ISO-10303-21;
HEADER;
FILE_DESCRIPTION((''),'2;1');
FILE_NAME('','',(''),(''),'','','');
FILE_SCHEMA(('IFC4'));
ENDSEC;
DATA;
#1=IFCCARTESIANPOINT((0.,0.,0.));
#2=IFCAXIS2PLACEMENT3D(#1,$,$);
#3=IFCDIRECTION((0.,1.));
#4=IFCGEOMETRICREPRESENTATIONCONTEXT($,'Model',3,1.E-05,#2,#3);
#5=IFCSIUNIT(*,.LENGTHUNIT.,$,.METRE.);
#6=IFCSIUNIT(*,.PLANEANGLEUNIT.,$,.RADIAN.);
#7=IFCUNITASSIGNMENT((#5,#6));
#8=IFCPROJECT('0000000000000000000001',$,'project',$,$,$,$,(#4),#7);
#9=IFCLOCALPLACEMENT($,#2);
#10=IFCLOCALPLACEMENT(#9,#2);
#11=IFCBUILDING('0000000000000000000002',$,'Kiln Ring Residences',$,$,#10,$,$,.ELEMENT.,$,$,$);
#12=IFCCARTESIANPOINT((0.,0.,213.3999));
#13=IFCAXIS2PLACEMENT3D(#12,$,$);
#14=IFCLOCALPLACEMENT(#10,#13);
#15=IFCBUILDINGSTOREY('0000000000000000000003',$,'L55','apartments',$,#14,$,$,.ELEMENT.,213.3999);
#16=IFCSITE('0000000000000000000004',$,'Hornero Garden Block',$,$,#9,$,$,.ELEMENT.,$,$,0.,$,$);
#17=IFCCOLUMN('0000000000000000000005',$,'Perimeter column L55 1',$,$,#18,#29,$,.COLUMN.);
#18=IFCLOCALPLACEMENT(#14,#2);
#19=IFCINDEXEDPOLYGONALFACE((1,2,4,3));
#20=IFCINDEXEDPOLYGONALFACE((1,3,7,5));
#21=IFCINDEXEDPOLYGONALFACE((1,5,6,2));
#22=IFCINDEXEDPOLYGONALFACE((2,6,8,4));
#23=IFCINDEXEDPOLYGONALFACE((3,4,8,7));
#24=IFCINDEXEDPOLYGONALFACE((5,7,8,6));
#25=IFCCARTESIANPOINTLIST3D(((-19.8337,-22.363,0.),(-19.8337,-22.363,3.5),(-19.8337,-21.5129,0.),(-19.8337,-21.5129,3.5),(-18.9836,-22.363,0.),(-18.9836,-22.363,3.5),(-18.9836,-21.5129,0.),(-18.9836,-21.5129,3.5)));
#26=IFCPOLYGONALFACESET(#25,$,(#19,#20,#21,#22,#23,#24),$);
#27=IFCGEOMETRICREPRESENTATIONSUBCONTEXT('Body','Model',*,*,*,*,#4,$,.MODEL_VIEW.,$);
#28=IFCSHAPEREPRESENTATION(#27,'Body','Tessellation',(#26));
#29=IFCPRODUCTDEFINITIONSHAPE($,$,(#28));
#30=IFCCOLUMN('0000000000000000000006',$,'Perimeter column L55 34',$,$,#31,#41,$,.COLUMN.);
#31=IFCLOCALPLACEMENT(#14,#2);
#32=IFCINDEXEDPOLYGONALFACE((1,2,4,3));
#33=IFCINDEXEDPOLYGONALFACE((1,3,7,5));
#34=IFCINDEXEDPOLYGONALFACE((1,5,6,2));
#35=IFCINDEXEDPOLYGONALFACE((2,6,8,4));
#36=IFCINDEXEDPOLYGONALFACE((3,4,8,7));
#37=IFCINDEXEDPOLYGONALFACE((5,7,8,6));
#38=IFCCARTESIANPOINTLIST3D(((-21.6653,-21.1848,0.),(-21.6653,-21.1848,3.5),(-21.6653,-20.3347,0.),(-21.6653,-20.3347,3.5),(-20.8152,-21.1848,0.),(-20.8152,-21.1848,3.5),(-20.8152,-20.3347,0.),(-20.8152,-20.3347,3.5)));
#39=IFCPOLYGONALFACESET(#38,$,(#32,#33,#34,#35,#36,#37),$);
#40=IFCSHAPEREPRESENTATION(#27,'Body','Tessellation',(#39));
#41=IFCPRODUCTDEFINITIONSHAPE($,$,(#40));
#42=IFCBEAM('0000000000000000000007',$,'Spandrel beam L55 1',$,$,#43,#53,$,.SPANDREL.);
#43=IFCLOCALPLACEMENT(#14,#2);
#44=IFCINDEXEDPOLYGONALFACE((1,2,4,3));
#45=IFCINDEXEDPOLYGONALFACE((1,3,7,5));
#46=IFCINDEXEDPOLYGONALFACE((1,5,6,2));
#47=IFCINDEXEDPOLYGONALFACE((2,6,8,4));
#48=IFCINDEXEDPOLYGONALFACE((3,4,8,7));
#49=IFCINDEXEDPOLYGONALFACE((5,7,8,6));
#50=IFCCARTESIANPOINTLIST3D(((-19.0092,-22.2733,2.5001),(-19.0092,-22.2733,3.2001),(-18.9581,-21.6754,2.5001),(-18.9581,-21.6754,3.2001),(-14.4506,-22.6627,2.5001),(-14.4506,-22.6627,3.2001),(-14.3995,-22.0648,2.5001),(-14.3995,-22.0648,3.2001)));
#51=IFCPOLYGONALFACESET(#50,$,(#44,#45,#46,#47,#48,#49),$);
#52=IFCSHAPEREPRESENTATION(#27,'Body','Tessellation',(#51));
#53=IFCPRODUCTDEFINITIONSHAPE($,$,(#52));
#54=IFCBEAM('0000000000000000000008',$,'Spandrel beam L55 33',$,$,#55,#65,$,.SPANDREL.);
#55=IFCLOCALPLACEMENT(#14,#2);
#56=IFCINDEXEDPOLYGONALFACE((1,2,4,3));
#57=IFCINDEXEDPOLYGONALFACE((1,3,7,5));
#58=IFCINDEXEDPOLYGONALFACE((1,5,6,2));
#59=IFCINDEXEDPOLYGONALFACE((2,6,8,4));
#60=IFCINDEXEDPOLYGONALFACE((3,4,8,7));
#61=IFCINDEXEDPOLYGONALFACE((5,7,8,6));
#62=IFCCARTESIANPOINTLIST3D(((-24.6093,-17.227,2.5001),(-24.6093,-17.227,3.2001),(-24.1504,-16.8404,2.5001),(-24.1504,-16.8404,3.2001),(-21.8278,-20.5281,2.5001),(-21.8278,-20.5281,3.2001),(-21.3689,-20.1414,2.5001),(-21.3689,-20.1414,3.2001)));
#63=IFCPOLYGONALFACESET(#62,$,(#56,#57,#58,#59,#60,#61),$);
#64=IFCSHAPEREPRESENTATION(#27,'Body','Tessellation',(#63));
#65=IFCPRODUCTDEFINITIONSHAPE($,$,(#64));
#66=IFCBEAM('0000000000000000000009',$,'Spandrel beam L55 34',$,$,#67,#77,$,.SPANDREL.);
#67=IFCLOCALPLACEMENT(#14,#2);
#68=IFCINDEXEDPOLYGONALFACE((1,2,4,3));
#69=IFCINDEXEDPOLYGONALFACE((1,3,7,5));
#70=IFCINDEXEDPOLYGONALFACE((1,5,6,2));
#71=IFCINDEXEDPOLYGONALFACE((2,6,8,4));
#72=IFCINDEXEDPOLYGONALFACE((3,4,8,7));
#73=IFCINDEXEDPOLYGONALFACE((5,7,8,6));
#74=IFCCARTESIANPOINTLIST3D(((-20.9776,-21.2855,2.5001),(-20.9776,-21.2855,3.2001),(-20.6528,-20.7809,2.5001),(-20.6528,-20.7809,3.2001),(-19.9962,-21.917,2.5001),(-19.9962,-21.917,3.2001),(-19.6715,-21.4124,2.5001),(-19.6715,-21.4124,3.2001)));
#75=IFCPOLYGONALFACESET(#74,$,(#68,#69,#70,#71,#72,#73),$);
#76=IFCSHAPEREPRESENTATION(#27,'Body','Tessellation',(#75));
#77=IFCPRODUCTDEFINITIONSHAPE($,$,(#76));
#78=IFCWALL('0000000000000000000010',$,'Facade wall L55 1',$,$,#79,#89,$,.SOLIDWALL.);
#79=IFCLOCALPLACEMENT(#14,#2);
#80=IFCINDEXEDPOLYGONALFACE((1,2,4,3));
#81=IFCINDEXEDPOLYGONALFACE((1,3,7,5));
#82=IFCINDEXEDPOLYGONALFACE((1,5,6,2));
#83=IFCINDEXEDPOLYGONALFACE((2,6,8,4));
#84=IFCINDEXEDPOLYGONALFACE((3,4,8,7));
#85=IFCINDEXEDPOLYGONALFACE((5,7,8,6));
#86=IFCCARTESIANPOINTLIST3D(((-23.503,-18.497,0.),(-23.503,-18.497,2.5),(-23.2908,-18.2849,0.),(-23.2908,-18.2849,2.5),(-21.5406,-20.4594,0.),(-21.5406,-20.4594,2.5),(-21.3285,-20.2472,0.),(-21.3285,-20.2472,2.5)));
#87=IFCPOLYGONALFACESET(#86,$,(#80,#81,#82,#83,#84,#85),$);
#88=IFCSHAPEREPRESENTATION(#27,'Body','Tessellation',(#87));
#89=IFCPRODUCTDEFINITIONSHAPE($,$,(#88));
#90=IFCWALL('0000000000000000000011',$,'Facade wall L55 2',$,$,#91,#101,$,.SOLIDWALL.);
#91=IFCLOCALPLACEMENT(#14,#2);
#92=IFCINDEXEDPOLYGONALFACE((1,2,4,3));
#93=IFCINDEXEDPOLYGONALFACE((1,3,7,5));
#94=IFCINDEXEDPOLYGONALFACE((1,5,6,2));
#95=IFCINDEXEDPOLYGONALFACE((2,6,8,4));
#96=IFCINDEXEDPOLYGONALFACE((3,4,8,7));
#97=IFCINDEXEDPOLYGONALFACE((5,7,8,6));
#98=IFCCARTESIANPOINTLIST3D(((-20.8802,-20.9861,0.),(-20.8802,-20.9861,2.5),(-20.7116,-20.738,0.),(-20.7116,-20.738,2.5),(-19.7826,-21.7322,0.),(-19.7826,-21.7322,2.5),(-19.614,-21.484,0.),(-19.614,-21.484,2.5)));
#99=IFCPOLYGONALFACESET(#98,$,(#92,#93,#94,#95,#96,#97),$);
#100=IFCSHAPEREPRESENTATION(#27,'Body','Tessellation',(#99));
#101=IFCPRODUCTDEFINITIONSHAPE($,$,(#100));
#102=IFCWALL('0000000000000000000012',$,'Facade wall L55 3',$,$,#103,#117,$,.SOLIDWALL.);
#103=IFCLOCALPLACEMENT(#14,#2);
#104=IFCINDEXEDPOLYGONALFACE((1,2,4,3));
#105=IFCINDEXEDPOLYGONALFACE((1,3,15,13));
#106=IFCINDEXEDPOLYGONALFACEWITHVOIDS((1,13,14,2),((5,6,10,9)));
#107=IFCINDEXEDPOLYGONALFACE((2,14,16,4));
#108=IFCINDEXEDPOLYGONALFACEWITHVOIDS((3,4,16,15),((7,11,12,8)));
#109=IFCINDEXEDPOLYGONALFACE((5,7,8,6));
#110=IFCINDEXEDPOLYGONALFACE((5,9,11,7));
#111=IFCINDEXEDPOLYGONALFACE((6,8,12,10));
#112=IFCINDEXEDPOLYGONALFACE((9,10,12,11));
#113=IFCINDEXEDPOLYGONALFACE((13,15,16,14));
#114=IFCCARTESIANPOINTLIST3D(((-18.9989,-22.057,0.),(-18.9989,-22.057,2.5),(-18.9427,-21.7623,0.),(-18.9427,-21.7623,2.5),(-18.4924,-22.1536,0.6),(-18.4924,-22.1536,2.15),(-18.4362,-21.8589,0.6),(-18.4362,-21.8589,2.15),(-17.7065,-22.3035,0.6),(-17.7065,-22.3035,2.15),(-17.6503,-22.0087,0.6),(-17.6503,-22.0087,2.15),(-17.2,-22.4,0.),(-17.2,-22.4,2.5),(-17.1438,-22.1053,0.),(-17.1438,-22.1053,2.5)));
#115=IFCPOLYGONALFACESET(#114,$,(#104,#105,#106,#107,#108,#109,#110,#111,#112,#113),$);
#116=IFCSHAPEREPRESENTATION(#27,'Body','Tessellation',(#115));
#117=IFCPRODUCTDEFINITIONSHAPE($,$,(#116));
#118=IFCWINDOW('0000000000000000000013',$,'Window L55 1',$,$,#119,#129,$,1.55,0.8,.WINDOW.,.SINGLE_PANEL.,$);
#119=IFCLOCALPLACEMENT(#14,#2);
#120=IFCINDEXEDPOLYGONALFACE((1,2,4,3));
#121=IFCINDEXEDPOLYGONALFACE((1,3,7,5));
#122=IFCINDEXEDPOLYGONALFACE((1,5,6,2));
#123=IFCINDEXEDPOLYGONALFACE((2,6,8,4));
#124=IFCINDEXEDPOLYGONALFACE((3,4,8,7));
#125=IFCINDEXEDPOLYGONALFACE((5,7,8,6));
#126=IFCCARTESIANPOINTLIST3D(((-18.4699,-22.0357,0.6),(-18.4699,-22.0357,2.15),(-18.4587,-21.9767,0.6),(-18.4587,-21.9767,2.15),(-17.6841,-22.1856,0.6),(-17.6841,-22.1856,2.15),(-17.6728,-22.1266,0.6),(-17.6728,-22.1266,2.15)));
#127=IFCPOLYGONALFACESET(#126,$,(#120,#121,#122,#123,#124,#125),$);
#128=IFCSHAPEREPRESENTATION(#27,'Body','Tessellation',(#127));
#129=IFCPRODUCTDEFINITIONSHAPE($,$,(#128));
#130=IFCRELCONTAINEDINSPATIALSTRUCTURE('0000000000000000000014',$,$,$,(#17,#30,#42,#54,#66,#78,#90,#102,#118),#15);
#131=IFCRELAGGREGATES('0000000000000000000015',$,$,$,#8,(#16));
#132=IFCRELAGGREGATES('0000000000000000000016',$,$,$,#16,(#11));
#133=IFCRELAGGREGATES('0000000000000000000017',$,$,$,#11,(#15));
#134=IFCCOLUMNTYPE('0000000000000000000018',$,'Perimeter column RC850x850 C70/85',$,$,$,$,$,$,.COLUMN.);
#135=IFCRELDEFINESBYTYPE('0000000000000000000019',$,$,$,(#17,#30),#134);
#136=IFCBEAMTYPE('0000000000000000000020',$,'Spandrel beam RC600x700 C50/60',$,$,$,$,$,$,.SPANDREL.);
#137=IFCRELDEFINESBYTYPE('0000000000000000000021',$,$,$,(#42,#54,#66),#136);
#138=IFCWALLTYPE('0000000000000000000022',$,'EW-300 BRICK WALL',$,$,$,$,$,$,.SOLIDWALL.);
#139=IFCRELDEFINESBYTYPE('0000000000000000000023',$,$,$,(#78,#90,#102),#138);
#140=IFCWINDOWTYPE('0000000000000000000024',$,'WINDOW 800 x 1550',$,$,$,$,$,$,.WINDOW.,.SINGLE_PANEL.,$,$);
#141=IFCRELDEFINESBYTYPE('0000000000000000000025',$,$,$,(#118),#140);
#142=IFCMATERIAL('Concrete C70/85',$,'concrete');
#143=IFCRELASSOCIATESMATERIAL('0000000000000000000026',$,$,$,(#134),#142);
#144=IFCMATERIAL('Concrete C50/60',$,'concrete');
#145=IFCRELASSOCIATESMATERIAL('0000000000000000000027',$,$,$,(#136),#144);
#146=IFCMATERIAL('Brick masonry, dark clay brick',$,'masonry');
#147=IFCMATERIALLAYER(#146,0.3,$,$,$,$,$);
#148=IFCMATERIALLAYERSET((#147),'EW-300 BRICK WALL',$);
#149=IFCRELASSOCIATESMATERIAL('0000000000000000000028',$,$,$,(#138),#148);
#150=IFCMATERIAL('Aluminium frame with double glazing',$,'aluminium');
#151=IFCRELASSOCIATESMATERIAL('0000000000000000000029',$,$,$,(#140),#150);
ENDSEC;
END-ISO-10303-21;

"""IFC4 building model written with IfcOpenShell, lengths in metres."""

from ifc_helpers import new_model, si_unit, direction, frame, frame_2d, origin, origin_2d, place, context, subcontext, project, spatial, rectangle, extrude, material, layer, layer_set, material_profile, profile_set, type_object, element, fill, save


model = new_model("IFC4")

# Units and contexts
model_context = context("Model", 3, precision=1e-05, world=origin(), true_north=direction((0.0, 1.0)))
body_context = subcontext(model_context, "Body", "Model", "MODEL_VIEW")
ifc_project = project(units=[si_unit("LENGTHUNIT", "METRE"), si_unit("PLANEANGLEUNIT", "RADIAN")], contexts=[model_context])

# Site, building, storey
site_placement = place(None, origin())
site = spatial("IfcSite", under=ifc_project, at=site_placement, Name="Hornero Garden Block", CompositionType="ELEMENT", RefElevation=0.0)
building_placement = place(site_placement, origin())
building = spatial("IfcBuilding", under=site, at=building_placement, Name="Kiln Ring Residences", CompositionType="ELEMENT")
storey_placement = place(building_placement, frame((0.0, 0.0, 213.3999)))
storey = spatial("IfcBuildingStorey", under=building, at=storey_placement, Name="L55", Description="apartments", CompositionType="ELEMENT", Elevation=213.3999)

# Columns
ifc_material_1 = material(Name="Concrete C70/85", Category="concrete")
ifc_material_profile_1 = material_profile(ifc_material_1, rectangle(XDim=0.8501, YDim=0.8501, at=origin_2d()), Name="RC850x850")
ifc_profile_set_1 = profile_set([ifc_material_profile_1], Name="Concrete C70/85")
column_type = type_object("IfcColumnType", Name="Perimeter column RC850x850 C70/85", PredefinedType="COLUMN", material=ifc_profile_set_1)
for number, where, z_axis, x_axis, name in (
    (1, (-19.4087, -21.938, 0.0), (0.0, 0.0, 1.0), (1.0, 0.0, 0.0), "Perimeter column L55 1"),
    (2, (-21.2402, -20.7598, 0.0), (0.0, 0.0, 1.0), (1.0, 0.0, 0.0), "Perimeter column L55 34"),
):
    element("IfcColumn", number, at=place(storey_placement, frame(where, z_axis=z_axis, x_axis=x_axis)), inside=storey, type_object=column_type, Name=name, PredefinedType="COLUMN", context=body_context, shape_type="SweptSolid", body=[
        extrude(rectangle(XDim=0.8501, YDim=0.8501, at=origin_2d()), origin(), (0.0, 0.0, 1.0), 3.5),
    ])

# Beams
ifc_material_2 = material(Name="Concrete C50/60", Category="concrete")
ifc_material_profile_2 = material_profile(ifc_material_2, rectangle(XDim=0.6001, YDim=0.7, at=origin_2d()), Name="RC600x700")
ifc_profile_set_2 = profile_set([ifc_material_profile_2], Name="Concrete C50/60")
beam_type = type_object("IfcBeamType", Name="Spandrel beam RC600x700 C50/60", PredefinedType="SPANDREL", material=ifc_profile_set_2)
beam_1_placement = place(storey_placement, frame((-18.9836, -21.9744, 2.8501), z_axis=(0.996371, -0.085112, 0.0), x_axis=(0.085112, 0.996371, 0.0)))
element("IfcBeam", 3, at=beam_1_placement, inside=storey, type_object=beam_type, Name="Spandrel beam L55 1", PredefinedType="SPANDREL", context=body_context, shape_type="SweptSolid", body=[
    extrude(rectangle(XDim=0.6001, YDim=0.7, at=origin_2d()), origin(), (0.0, 0.0, 1.0), 4.5752),
])
beam_2_placement = place(storey_placement, frame((-24.3799, -17.0337, 2.8501), z_axis=(0.644364, -0.764719, 0.0), x_axis=(0.764719, 0.644364, 0.0)))
element("IfcBeam", 4, at=beam_2_placement, inside=storey, type_object=beam_type, Name="Spandrel beam L55 33", PredefinedType="SPANDREL", context=body_context, shape_type="SweptSolid", body=[
    extrude(rectangle(XDim=0.6001, YDim=0.7, at=origin_2d()), origin(), (0.0, 0.0, 1.0), 4.3167),
])
beam_3_placement = place(storey_placement, frame((-20.8152, -21.0332, 2.8501), z_axis=(0.84092, -0.541159, 0.0), x_axis=(0.541159, 0.84092, 0.0)))
element("IfcBeam", 5, at=beam_3_placement, inside=storey, type_object=beam_type, Name="Spandrel beam L55 34", PredefinedType="SPANDREL", context=body_context, shape_type="SweptSolid", body=[
    extrude(rectangle(XDim=0.6001, YDim=0.7, at=origin_2d()), origin(), (0.0, 0.0, 1.0), 1.167),
])

# Walls
ifc_material_3 = material(Name="Brick masonry, dark clay brick", Category="masonry")
ifc_layer_1 = layer(ifc_material_3, 0.3)
ifc_layer_set_1 = layer_set([ifc_layer_1], Name="EW-300 BRICK WALL")
wall_type_1 = type_object("IfcWallType", Name="EW-300 BRICK WALL", PredefinedType="SOLIDWALL", material=ifc_layer_set_1)
wall_1_placement = place(storey_placement, frame((-23.397, -18.3909, 0.0), z_axis=(0.0, 0.0, 1.0), x_axis=(0.707107, -0.707107, 0.0)))
element("IfcWall", 6, at=wall_1_placement, inside=storey, type_object=wall_type_1, Name="Facade wall L55 1", PredefinedType="SOLIDWALL", context=body_context, shape_type="SweptSolid", body=[
    extrude(rectangle(XDim=2.7751, YDim=0.3, at=frame_2d((1.3877, 0.0))), origin(), (0.0, 0.0, 1.0), 2.5),
])
wall_2_placement = place(storey_placement, frame((-20.7959, -20.8621, 0.0), z_axis=(0.0, 0.0, 1.0), x_axis=(0.827036, -0.562149, 0.0)))
element("IfcWall", 7, at=wall_2_placement, inside=storey, type_object=wall_type_1, Name="Facade wall L55 2", PredefinedType="SOLIDWALL", context=body_context, shape_type="SweptSolid", body=[
    extrude(rectangle(XDim=1.3271, YDim=0.3, at=frame_2d((0.6636, 0.0))), origin(), (0.0, 0.0, 1.0), 2.5),
])

# Wall, opening, window
wall_3_placement = place(storey_placement, frame((-18.9707, -21.9097, 0.0), z_axis=(0.0, 0.0, 1.0), x_axis=(0.9823, -0.187314, 0.0)))
wall_3 = element("IfcWall", 8, at=wall_3_placement, inside=storey, type_object=wall_type_1, Name="Facade wall L55 3", PredefinedType="SOLIDWALL", context=body_context, shape_type="SweptSolid", body=[
    extrude(rectangle(XDim=1.8313, YDim=0.3, at=frame_2d((0.9155, 0.0))), origin(), (0.0, 0.0, 1.0), 2.5),
])
opening_1_placement = place(wall_3_placement, frame((0.5156, 0.0, 0.6001)))
opening_1 = element("IfcOpeningElement", 9, at=opening_1_placement, cuts=wall_3, PredefinedType="OPENING", context=body_context, shape_type="SweptSolid", body=[
    extrude(rectangle(XDim=0.8, YDim=1.55, at=frame_2d((0.3999, 0.7749))), frame((0.0, 0.1599, 0.0), z_axis=(0.0, -1.0, 0.0), x_axis=(1.0, 0.0, 0.0)), (0.0, 0.0, 1.0), 0.3201),
])
ifc_material_4 = material(Name="Aluminium frame with double glazing", Category="aluminium")
window_type = type_object("IfcWindowType", Name="WINDOW 800 x 1550", PartitioningType="SINGLE_PANEL", PredefinedType="WINDOW", material=ifc_material_4)
window_placement = place(opening_1_placement, origin())
window = element("IfcWindow", 10, at=window_placement, inside=storey, type_object=window_type, Name="Window L55 1", OverallHeight=1.55, OverallWidth=0.8, PartitioningType="SINGLE_PANEL", PredefinedType="WINDOW", context=body_context, shape_type="SweptSolid", body=[
    extrude(rectangle(XDim=0.8, YDim=1.55, at=frame_2d((0.3999, 0.7749))), frame((0.0, 0.03, 0.0), z_axis=(0.0, -1.0, 0.0), x_axis=(1.0, 0.0, 0.0)), (0.0, 0.0, 1.0), 0.0601),
])
fill(opening_1, window)

save(model, "model.ifc")
